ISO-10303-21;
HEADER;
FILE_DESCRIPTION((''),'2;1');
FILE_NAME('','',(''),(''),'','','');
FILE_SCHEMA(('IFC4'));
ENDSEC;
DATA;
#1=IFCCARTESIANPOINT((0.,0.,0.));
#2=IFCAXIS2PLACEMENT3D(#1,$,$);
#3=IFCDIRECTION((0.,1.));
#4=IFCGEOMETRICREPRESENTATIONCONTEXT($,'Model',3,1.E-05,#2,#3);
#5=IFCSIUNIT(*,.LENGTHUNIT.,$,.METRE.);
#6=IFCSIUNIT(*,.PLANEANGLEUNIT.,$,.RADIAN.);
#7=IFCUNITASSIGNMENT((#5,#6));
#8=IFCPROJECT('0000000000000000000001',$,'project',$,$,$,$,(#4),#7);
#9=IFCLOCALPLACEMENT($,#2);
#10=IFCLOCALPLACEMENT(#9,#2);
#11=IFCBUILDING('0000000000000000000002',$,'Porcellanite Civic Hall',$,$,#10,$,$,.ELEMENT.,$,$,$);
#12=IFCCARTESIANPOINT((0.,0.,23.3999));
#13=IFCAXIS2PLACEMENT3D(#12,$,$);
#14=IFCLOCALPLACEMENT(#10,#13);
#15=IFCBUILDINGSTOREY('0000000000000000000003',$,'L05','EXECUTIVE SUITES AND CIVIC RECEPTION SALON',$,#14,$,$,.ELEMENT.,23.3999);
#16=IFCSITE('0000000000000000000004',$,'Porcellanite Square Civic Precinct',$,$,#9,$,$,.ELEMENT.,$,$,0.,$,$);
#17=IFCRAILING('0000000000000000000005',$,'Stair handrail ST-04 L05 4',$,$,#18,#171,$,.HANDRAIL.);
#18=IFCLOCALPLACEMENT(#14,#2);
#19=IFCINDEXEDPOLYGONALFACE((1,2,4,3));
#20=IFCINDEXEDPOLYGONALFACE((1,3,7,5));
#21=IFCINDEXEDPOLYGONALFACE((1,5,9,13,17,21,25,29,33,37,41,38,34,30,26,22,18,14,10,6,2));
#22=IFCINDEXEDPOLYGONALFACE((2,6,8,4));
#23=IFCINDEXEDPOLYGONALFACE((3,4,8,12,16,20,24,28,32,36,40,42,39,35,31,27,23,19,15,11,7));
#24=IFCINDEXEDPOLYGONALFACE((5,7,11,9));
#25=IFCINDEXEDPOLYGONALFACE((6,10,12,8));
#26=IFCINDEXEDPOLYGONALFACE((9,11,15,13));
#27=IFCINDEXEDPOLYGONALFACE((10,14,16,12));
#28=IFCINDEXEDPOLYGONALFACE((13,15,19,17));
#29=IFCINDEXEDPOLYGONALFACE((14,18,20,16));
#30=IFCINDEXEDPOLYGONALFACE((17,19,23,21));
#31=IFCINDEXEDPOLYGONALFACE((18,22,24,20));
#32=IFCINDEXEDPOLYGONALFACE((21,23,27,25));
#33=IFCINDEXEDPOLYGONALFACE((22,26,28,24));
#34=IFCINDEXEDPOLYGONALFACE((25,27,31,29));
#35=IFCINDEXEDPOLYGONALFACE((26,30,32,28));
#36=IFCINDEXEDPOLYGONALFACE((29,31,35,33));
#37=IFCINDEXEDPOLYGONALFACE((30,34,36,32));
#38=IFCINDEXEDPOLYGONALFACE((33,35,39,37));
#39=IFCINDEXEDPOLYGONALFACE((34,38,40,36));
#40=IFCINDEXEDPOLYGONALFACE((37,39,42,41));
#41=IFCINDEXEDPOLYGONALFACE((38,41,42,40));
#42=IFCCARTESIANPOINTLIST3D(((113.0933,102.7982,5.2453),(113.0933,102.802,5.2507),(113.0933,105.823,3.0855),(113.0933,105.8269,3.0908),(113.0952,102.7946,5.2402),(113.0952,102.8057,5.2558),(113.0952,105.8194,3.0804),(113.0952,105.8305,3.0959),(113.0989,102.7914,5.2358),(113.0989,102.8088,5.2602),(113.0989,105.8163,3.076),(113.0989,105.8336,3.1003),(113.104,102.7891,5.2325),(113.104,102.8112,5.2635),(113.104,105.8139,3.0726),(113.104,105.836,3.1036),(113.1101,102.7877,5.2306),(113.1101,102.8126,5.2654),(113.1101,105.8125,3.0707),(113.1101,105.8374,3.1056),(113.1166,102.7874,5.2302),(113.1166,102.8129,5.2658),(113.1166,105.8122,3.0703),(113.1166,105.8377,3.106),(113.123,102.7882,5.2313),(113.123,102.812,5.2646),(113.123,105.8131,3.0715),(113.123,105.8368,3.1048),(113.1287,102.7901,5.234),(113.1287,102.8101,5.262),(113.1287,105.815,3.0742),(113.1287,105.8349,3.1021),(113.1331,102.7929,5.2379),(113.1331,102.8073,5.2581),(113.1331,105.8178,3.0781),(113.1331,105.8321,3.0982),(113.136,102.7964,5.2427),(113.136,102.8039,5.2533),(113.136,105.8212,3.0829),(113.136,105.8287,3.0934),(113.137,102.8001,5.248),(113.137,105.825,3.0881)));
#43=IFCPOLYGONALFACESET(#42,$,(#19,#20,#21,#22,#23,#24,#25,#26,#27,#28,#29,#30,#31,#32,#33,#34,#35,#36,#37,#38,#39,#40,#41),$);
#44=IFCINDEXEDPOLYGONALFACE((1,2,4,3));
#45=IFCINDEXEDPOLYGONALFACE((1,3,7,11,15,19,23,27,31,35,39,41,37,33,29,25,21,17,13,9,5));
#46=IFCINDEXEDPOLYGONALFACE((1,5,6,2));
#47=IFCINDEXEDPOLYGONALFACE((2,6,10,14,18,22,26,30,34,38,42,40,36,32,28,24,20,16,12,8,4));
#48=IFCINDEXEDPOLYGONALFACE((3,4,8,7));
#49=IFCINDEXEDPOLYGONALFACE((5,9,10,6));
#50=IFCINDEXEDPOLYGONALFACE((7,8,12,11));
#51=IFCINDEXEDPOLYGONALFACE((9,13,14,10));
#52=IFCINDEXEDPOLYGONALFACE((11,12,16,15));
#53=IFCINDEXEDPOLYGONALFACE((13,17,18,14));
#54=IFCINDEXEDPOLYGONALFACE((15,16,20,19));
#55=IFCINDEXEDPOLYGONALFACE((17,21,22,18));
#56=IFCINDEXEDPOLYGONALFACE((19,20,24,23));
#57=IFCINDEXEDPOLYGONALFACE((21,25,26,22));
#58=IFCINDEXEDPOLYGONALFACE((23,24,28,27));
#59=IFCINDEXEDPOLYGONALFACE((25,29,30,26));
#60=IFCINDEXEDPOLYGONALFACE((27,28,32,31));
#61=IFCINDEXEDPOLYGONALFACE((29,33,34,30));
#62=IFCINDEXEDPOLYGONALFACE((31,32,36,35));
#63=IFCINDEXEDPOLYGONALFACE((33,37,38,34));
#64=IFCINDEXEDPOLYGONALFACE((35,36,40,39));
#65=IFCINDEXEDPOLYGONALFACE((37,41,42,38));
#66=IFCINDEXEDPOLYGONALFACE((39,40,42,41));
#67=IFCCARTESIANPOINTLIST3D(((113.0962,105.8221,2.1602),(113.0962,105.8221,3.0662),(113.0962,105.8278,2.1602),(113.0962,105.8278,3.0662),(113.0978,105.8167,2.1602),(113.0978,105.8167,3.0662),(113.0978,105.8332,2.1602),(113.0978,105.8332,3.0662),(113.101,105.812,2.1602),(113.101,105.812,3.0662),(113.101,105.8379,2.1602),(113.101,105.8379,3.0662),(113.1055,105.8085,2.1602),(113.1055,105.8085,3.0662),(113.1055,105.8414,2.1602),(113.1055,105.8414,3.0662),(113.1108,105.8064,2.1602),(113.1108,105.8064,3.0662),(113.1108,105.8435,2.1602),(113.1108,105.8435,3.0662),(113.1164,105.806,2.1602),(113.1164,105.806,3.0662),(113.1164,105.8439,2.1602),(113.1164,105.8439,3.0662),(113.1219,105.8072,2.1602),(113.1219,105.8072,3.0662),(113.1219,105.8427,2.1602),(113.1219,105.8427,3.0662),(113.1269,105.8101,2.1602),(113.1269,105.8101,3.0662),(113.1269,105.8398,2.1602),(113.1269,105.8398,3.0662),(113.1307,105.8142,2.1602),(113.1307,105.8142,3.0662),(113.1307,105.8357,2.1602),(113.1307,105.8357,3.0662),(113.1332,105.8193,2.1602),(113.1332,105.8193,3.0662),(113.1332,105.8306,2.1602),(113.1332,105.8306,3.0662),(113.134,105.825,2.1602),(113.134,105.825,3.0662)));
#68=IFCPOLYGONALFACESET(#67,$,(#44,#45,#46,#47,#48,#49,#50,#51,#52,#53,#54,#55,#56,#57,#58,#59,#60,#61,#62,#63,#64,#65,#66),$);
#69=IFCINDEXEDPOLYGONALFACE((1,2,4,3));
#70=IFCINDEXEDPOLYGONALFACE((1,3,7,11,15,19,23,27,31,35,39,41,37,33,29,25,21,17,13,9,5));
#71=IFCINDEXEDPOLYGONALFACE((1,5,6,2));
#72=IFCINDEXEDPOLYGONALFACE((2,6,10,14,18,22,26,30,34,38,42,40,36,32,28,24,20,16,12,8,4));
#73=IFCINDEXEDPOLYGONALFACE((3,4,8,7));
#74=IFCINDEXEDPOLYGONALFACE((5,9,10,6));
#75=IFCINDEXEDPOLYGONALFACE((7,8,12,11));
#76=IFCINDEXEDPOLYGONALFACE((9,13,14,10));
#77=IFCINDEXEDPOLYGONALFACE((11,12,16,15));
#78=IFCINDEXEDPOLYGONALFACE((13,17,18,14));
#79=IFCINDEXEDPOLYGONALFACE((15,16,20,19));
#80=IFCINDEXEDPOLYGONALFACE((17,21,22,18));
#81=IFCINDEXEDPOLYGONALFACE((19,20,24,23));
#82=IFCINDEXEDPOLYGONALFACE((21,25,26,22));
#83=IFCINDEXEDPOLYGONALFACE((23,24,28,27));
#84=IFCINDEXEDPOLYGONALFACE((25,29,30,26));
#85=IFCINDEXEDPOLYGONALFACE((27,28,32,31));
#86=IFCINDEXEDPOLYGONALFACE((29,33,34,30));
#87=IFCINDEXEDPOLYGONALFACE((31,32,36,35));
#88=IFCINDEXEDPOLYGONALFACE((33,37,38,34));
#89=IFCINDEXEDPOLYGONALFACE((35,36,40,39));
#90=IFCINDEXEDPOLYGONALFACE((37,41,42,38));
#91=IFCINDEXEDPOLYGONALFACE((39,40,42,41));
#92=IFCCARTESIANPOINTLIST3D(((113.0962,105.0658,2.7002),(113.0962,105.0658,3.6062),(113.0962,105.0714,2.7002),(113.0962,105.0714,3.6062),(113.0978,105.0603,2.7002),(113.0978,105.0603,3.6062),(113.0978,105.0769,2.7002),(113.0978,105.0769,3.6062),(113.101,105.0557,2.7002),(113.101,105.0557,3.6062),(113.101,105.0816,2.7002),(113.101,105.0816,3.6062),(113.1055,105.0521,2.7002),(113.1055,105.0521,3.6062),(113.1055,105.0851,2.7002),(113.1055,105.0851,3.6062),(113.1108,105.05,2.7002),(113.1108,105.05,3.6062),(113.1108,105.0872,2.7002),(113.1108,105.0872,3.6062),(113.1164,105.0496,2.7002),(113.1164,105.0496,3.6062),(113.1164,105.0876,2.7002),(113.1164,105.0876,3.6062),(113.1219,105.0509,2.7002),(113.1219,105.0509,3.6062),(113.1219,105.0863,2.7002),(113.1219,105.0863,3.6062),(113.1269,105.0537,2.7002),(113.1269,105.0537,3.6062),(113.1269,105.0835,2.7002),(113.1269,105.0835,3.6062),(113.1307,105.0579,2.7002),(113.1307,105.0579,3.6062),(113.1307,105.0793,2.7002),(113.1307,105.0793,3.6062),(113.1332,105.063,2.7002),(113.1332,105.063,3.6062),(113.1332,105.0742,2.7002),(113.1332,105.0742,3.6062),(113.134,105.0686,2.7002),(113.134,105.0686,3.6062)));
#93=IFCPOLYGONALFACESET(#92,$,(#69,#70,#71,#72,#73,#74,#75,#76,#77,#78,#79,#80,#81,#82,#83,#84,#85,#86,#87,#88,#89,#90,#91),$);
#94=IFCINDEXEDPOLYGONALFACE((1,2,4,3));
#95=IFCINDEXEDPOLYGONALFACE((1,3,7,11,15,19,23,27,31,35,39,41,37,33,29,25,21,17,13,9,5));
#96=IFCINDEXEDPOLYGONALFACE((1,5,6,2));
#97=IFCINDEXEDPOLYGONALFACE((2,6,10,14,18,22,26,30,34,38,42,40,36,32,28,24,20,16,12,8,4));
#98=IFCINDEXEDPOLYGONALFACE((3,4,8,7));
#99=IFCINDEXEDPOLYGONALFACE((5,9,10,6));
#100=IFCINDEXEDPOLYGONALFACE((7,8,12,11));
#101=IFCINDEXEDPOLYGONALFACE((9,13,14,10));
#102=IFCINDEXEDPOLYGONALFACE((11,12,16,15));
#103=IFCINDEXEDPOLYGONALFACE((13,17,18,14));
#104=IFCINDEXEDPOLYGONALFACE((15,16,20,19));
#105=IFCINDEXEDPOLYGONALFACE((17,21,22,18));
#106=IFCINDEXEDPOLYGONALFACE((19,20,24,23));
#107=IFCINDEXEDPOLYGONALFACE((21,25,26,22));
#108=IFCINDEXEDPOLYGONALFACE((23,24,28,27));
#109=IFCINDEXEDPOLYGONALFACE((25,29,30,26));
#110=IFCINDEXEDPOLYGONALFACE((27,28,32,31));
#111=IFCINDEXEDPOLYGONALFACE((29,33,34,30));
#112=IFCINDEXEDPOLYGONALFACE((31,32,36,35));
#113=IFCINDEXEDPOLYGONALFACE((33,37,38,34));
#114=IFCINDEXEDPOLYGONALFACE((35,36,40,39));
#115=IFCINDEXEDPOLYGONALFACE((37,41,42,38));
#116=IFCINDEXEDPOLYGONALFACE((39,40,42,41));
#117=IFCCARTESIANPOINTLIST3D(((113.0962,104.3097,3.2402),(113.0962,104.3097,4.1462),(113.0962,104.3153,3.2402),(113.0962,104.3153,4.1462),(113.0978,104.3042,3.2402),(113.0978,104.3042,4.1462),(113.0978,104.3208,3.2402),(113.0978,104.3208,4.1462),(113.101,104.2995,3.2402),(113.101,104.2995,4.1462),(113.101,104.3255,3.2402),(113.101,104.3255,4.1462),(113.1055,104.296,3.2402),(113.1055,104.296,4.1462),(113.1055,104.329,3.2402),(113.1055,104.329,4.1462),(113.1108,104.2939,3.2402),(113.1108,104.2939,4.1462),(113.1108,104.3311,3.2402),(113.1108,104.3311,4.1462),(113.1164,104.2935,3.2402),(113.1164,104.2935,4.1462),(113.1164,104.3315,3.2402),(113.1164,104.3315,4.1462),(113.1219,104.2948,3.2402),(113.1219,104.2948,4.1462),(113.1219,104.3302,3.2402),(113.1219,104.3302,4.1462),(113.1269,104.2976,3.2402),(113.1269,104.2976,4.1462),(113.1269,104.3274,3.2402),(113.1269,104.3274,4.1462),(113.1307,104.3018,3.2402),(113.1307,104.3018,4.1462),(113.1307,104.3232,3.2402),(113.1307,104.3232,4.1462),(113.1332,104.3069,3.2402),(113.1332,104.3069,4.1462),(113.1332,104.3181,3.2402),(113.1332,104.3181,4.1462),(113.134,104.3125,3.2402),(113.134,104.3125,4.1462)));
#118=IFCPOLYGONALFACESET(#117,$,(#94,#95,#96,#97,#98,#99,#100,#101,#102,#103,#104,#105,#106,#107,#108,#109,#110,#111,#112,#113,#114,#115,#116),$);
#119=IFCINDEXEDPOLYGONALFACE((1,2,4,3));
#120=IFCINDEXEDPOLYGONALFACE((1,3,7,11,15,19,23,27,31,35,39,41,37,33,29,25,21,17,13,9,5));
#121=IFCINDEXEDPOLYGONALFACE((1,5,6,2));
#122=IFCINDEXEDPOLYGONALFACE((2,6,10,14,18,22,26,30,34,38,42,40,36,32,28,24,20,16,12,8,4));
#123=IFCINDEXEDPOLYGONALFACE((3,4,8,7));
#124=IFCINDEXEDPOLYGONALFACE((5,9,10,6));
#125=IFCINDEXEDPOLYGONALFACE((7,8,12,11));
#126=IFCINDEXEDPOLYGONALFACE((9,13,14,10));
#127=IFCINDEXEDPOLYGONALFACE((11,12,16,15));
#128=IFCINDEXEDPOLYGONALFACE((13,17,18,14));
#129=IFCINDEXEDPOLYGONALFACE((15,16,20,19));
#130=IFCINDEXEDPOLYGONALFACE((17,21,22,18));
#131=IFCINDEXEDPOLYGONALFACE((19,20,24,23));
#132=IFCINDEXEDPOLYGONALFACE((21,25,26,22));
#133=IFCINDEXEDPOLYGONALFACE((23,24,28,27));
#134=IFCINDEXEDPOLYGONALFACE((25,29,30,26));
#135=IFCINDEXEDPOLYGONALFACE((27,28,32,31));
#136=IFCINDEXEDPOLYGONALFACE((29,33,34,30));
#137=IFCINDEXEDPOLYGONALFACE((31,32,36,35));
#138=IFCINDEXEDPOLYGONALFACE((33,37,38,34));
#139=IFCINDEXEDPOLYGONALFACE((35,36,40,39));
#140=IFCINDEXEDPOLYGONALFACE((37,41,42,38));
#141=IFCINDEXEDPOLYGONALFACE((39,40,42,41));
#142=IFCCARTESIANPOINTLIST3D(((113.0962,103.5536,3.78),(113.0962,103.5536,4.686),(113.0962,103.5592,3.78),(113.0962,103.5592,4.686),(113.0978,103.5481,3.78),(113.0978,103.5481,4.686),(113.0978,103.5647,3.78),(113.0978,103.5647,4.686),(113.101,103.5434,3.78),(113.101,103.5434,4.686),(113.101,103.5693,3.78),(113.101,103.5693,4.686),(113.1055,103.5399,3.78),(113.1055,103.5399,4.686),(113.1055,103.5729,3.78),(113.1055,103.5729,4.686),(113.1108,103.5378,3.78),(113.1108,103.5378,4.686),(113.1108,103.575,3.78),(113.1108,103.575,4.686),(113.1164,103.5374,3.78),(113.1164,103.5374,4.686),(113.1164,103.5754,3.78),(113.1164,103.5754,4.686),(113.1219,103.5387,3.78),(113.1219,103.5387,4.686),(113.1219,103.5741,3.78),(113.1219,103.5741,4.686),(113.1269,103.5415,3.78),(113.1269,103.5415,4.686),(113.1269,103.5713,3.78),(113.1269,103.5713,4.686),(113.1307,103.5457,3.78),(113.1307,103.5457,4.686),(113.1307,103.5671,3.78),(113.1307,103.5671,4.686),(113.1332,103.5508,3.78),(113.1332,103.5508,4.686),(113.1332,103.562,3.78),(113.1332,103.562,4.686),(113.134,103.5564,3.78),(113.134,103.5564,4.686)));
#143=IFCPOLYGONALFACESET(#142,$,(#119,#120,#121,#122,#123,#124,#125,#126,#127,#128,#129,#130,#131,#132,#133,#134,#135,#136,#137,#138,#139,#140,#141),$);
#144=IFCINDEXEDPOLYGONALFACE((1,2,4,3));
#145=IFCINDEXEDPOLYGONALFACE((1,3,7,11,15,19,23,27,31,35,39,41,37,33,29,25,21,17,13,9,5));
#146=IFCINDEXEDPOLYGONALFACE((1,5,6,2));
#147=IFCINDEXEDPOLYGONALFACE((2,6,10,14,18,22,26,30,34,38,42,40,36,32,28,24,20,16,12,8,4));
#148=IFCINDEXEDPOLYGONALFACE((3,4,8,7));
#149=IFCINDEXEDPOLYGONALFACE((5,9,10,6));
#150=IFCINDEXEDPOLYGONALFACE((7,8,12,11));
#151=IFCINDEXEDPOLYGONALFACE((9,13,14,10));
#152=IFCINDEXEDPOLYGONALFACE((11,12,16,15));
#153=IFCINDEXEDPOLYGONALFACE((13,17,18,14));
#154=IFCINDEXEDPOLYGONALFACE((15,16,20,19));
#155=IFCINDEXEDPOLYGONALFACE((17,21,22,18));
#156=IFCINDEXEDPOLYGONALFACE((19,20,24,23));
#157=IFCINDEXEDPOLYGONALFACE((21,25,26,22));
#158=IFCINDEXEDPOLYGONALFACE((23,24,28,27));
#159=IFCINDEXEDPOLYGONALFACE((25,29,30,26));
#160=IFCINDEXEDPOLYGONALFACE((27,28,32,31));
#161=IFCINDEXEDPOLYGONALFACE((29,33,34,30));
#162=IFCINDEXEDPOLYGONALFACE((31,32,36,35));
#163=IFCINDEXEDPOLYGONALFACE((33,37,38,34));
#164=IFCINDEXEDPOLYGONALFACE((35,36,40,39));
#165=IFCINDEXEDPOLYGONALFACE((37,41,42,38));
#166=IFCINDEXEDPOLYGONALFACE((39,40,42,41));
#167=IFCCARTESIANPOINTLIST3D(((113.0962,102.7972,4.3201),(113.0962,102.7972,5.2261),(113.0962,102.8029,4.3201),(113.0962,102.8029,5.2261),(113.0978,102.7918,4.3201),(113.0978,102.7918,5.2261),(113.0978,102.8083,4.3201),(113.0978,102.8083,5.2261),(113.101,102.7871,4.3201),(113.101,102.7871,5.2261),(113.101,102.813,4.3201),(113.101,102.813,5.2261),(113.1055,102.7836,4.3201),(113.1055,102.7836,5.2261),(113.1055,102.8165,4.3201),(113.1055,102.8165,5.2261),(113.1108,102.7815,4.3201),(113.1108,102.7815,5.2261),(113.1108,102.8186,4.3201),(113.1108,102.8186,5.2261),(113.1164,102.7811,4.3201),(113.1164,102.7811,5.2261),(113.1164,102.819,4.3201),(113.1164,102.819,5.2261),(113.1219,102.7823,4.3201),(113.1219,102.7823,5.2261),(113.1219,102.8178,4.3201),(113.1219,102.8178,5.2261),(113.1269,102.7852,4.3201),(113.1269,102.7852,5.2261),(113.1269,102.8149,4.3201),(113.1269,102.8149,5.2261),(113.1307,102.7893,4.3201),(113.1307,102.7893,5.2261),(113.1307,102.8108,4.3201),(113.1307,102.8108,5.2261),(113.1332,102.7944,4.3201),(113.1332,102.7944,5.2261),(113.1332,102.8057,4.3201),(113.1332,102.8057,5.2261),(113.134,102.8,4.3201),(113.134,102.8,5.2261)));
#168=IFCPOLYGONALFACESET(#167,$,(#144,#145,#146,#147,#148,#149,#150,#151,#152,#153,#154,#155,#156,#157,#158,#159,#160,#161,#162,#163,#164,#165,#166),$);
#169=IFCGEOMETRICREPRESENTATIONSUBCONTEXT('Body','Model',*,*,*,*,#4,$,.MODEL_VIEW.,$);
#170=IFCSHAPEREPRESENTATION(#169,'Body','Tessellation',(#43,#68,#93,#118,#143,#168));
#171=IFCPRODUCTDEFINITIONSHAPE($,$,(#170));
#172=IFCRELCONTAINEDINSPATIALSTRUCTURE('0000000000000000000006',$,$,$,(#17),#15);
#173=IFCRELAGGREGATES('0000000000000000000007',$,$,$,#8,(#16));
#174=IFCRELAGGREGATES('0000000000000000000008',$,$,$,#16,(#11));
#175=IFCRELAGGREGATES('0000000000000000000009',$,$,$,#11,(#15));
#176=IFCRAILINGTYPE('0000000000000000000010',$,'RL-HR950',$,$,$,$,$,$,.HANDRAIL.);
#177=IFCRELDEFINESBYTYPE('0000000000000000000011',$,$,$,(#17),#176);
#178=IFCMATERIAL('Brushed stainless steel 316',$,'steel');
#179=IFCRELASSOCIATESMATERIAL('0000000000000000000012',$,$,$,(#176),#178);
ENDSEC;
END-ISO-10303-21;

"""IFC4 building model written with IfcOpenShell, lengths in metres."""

from ifc_helpers import new_model, si_unit, direction, frame, origin, origin_2d, place, context, subcontext, project, spatial, circle, extrude, material, type_object, element, save


model = new_model("IFC4")

# Units and contexts
model_context = context("Model", 3, precision=1e-05, world=origin(), true_north=direction((0.0, 1.0)))
body_context = subcontext(model_context, "Body", "Model", "MODEL_VIEW")
ifc_project = project(units=[si_unit("LENGTHUNIT", "METRE"), si_unit("PLANEANGLEUNIT", "RADIAN")], contexts=[model_context])

# Site, building, storey
site_placement = place(None, origin())
site = spatial("IfcSite", under=ifc_project, at=site_placement, Name="Porcellanite Square Civic Precinct", CompositionType="ELEMENT", RefElevation=0.0)
building_placement = place(site_placement, origin())
building = spatial("IfcBuilding", under=site, at=building_placement, Name="Porcellanite Civic Hall", CompositionType="ELEMENT")
storey_placement = place(building_placement, frame((0.0, 0.0, 23.3999)))
storey = spatial("IfcBuildingStorey", under=building, at=storey_placement, Name="L05", Description="EXECUTIVE SUITES AND CIVIC RECEPTION SALON", CompositionType="ELEMENT", Elevation=23.3999)

# Railing
ifc_material_1 = material(Name="Brushed stainless steel 316", Category="steel")
railing_type_1 = type_object("IfcRailingType", Name="RL-HR950", PredefinedType="HANDRAIL", material=ifc_material_1)
railing_1_placement = place(storey_placement, frame((113.115, 105.825, 2.1602)))
element("IfcRailing", 1, at=railing_1_placement, inside=storey, type_object=railing_type_1, Name="Stair handrail ST-04 L05 4", PredefinedType="HANDRAIL", context=body_context, shape_type="SweptSolid", body=[
    extrude(circle(Radius=0.022, at=origin_2d()), frame((0.0, 0.0, 0.928), z_axis=(0.0, -0.813827, 0.581108), x_axis=(1.0, 0.0, 0.0)), (0.0, 0.0, 1.0), 3.7168),
    extrude(circle(Radius=0.019, at=origin_2d()), origin(), (0.0, 0.0, 1.0), 0.906),
    extrude(circle(Radius=0.019, at=origin_2d()), frame((0.0, -0.7563, 0.54)), (0.0, 0.0, 1.0), 0.906),
    extrude(circle(Radius=0.019, at=origin_2d()), frame((0.0, -1.5125, 1.0801)), (0.0, 0.0, 1.0), 0.906),
    extrude(circle(Radius=0.019, at=origin_2d()), frame((0.0, -2.2686, 1.6199)), (0.0, 0.0, 1.0), 0.906),
    extrude(circle(Radius=0.019, at=origin_2d()), frame((0.0, -3.0249, 2.1599)), (0.0, 0.0, 1.0), 0.906),
])

save(model, "model.ifc")
